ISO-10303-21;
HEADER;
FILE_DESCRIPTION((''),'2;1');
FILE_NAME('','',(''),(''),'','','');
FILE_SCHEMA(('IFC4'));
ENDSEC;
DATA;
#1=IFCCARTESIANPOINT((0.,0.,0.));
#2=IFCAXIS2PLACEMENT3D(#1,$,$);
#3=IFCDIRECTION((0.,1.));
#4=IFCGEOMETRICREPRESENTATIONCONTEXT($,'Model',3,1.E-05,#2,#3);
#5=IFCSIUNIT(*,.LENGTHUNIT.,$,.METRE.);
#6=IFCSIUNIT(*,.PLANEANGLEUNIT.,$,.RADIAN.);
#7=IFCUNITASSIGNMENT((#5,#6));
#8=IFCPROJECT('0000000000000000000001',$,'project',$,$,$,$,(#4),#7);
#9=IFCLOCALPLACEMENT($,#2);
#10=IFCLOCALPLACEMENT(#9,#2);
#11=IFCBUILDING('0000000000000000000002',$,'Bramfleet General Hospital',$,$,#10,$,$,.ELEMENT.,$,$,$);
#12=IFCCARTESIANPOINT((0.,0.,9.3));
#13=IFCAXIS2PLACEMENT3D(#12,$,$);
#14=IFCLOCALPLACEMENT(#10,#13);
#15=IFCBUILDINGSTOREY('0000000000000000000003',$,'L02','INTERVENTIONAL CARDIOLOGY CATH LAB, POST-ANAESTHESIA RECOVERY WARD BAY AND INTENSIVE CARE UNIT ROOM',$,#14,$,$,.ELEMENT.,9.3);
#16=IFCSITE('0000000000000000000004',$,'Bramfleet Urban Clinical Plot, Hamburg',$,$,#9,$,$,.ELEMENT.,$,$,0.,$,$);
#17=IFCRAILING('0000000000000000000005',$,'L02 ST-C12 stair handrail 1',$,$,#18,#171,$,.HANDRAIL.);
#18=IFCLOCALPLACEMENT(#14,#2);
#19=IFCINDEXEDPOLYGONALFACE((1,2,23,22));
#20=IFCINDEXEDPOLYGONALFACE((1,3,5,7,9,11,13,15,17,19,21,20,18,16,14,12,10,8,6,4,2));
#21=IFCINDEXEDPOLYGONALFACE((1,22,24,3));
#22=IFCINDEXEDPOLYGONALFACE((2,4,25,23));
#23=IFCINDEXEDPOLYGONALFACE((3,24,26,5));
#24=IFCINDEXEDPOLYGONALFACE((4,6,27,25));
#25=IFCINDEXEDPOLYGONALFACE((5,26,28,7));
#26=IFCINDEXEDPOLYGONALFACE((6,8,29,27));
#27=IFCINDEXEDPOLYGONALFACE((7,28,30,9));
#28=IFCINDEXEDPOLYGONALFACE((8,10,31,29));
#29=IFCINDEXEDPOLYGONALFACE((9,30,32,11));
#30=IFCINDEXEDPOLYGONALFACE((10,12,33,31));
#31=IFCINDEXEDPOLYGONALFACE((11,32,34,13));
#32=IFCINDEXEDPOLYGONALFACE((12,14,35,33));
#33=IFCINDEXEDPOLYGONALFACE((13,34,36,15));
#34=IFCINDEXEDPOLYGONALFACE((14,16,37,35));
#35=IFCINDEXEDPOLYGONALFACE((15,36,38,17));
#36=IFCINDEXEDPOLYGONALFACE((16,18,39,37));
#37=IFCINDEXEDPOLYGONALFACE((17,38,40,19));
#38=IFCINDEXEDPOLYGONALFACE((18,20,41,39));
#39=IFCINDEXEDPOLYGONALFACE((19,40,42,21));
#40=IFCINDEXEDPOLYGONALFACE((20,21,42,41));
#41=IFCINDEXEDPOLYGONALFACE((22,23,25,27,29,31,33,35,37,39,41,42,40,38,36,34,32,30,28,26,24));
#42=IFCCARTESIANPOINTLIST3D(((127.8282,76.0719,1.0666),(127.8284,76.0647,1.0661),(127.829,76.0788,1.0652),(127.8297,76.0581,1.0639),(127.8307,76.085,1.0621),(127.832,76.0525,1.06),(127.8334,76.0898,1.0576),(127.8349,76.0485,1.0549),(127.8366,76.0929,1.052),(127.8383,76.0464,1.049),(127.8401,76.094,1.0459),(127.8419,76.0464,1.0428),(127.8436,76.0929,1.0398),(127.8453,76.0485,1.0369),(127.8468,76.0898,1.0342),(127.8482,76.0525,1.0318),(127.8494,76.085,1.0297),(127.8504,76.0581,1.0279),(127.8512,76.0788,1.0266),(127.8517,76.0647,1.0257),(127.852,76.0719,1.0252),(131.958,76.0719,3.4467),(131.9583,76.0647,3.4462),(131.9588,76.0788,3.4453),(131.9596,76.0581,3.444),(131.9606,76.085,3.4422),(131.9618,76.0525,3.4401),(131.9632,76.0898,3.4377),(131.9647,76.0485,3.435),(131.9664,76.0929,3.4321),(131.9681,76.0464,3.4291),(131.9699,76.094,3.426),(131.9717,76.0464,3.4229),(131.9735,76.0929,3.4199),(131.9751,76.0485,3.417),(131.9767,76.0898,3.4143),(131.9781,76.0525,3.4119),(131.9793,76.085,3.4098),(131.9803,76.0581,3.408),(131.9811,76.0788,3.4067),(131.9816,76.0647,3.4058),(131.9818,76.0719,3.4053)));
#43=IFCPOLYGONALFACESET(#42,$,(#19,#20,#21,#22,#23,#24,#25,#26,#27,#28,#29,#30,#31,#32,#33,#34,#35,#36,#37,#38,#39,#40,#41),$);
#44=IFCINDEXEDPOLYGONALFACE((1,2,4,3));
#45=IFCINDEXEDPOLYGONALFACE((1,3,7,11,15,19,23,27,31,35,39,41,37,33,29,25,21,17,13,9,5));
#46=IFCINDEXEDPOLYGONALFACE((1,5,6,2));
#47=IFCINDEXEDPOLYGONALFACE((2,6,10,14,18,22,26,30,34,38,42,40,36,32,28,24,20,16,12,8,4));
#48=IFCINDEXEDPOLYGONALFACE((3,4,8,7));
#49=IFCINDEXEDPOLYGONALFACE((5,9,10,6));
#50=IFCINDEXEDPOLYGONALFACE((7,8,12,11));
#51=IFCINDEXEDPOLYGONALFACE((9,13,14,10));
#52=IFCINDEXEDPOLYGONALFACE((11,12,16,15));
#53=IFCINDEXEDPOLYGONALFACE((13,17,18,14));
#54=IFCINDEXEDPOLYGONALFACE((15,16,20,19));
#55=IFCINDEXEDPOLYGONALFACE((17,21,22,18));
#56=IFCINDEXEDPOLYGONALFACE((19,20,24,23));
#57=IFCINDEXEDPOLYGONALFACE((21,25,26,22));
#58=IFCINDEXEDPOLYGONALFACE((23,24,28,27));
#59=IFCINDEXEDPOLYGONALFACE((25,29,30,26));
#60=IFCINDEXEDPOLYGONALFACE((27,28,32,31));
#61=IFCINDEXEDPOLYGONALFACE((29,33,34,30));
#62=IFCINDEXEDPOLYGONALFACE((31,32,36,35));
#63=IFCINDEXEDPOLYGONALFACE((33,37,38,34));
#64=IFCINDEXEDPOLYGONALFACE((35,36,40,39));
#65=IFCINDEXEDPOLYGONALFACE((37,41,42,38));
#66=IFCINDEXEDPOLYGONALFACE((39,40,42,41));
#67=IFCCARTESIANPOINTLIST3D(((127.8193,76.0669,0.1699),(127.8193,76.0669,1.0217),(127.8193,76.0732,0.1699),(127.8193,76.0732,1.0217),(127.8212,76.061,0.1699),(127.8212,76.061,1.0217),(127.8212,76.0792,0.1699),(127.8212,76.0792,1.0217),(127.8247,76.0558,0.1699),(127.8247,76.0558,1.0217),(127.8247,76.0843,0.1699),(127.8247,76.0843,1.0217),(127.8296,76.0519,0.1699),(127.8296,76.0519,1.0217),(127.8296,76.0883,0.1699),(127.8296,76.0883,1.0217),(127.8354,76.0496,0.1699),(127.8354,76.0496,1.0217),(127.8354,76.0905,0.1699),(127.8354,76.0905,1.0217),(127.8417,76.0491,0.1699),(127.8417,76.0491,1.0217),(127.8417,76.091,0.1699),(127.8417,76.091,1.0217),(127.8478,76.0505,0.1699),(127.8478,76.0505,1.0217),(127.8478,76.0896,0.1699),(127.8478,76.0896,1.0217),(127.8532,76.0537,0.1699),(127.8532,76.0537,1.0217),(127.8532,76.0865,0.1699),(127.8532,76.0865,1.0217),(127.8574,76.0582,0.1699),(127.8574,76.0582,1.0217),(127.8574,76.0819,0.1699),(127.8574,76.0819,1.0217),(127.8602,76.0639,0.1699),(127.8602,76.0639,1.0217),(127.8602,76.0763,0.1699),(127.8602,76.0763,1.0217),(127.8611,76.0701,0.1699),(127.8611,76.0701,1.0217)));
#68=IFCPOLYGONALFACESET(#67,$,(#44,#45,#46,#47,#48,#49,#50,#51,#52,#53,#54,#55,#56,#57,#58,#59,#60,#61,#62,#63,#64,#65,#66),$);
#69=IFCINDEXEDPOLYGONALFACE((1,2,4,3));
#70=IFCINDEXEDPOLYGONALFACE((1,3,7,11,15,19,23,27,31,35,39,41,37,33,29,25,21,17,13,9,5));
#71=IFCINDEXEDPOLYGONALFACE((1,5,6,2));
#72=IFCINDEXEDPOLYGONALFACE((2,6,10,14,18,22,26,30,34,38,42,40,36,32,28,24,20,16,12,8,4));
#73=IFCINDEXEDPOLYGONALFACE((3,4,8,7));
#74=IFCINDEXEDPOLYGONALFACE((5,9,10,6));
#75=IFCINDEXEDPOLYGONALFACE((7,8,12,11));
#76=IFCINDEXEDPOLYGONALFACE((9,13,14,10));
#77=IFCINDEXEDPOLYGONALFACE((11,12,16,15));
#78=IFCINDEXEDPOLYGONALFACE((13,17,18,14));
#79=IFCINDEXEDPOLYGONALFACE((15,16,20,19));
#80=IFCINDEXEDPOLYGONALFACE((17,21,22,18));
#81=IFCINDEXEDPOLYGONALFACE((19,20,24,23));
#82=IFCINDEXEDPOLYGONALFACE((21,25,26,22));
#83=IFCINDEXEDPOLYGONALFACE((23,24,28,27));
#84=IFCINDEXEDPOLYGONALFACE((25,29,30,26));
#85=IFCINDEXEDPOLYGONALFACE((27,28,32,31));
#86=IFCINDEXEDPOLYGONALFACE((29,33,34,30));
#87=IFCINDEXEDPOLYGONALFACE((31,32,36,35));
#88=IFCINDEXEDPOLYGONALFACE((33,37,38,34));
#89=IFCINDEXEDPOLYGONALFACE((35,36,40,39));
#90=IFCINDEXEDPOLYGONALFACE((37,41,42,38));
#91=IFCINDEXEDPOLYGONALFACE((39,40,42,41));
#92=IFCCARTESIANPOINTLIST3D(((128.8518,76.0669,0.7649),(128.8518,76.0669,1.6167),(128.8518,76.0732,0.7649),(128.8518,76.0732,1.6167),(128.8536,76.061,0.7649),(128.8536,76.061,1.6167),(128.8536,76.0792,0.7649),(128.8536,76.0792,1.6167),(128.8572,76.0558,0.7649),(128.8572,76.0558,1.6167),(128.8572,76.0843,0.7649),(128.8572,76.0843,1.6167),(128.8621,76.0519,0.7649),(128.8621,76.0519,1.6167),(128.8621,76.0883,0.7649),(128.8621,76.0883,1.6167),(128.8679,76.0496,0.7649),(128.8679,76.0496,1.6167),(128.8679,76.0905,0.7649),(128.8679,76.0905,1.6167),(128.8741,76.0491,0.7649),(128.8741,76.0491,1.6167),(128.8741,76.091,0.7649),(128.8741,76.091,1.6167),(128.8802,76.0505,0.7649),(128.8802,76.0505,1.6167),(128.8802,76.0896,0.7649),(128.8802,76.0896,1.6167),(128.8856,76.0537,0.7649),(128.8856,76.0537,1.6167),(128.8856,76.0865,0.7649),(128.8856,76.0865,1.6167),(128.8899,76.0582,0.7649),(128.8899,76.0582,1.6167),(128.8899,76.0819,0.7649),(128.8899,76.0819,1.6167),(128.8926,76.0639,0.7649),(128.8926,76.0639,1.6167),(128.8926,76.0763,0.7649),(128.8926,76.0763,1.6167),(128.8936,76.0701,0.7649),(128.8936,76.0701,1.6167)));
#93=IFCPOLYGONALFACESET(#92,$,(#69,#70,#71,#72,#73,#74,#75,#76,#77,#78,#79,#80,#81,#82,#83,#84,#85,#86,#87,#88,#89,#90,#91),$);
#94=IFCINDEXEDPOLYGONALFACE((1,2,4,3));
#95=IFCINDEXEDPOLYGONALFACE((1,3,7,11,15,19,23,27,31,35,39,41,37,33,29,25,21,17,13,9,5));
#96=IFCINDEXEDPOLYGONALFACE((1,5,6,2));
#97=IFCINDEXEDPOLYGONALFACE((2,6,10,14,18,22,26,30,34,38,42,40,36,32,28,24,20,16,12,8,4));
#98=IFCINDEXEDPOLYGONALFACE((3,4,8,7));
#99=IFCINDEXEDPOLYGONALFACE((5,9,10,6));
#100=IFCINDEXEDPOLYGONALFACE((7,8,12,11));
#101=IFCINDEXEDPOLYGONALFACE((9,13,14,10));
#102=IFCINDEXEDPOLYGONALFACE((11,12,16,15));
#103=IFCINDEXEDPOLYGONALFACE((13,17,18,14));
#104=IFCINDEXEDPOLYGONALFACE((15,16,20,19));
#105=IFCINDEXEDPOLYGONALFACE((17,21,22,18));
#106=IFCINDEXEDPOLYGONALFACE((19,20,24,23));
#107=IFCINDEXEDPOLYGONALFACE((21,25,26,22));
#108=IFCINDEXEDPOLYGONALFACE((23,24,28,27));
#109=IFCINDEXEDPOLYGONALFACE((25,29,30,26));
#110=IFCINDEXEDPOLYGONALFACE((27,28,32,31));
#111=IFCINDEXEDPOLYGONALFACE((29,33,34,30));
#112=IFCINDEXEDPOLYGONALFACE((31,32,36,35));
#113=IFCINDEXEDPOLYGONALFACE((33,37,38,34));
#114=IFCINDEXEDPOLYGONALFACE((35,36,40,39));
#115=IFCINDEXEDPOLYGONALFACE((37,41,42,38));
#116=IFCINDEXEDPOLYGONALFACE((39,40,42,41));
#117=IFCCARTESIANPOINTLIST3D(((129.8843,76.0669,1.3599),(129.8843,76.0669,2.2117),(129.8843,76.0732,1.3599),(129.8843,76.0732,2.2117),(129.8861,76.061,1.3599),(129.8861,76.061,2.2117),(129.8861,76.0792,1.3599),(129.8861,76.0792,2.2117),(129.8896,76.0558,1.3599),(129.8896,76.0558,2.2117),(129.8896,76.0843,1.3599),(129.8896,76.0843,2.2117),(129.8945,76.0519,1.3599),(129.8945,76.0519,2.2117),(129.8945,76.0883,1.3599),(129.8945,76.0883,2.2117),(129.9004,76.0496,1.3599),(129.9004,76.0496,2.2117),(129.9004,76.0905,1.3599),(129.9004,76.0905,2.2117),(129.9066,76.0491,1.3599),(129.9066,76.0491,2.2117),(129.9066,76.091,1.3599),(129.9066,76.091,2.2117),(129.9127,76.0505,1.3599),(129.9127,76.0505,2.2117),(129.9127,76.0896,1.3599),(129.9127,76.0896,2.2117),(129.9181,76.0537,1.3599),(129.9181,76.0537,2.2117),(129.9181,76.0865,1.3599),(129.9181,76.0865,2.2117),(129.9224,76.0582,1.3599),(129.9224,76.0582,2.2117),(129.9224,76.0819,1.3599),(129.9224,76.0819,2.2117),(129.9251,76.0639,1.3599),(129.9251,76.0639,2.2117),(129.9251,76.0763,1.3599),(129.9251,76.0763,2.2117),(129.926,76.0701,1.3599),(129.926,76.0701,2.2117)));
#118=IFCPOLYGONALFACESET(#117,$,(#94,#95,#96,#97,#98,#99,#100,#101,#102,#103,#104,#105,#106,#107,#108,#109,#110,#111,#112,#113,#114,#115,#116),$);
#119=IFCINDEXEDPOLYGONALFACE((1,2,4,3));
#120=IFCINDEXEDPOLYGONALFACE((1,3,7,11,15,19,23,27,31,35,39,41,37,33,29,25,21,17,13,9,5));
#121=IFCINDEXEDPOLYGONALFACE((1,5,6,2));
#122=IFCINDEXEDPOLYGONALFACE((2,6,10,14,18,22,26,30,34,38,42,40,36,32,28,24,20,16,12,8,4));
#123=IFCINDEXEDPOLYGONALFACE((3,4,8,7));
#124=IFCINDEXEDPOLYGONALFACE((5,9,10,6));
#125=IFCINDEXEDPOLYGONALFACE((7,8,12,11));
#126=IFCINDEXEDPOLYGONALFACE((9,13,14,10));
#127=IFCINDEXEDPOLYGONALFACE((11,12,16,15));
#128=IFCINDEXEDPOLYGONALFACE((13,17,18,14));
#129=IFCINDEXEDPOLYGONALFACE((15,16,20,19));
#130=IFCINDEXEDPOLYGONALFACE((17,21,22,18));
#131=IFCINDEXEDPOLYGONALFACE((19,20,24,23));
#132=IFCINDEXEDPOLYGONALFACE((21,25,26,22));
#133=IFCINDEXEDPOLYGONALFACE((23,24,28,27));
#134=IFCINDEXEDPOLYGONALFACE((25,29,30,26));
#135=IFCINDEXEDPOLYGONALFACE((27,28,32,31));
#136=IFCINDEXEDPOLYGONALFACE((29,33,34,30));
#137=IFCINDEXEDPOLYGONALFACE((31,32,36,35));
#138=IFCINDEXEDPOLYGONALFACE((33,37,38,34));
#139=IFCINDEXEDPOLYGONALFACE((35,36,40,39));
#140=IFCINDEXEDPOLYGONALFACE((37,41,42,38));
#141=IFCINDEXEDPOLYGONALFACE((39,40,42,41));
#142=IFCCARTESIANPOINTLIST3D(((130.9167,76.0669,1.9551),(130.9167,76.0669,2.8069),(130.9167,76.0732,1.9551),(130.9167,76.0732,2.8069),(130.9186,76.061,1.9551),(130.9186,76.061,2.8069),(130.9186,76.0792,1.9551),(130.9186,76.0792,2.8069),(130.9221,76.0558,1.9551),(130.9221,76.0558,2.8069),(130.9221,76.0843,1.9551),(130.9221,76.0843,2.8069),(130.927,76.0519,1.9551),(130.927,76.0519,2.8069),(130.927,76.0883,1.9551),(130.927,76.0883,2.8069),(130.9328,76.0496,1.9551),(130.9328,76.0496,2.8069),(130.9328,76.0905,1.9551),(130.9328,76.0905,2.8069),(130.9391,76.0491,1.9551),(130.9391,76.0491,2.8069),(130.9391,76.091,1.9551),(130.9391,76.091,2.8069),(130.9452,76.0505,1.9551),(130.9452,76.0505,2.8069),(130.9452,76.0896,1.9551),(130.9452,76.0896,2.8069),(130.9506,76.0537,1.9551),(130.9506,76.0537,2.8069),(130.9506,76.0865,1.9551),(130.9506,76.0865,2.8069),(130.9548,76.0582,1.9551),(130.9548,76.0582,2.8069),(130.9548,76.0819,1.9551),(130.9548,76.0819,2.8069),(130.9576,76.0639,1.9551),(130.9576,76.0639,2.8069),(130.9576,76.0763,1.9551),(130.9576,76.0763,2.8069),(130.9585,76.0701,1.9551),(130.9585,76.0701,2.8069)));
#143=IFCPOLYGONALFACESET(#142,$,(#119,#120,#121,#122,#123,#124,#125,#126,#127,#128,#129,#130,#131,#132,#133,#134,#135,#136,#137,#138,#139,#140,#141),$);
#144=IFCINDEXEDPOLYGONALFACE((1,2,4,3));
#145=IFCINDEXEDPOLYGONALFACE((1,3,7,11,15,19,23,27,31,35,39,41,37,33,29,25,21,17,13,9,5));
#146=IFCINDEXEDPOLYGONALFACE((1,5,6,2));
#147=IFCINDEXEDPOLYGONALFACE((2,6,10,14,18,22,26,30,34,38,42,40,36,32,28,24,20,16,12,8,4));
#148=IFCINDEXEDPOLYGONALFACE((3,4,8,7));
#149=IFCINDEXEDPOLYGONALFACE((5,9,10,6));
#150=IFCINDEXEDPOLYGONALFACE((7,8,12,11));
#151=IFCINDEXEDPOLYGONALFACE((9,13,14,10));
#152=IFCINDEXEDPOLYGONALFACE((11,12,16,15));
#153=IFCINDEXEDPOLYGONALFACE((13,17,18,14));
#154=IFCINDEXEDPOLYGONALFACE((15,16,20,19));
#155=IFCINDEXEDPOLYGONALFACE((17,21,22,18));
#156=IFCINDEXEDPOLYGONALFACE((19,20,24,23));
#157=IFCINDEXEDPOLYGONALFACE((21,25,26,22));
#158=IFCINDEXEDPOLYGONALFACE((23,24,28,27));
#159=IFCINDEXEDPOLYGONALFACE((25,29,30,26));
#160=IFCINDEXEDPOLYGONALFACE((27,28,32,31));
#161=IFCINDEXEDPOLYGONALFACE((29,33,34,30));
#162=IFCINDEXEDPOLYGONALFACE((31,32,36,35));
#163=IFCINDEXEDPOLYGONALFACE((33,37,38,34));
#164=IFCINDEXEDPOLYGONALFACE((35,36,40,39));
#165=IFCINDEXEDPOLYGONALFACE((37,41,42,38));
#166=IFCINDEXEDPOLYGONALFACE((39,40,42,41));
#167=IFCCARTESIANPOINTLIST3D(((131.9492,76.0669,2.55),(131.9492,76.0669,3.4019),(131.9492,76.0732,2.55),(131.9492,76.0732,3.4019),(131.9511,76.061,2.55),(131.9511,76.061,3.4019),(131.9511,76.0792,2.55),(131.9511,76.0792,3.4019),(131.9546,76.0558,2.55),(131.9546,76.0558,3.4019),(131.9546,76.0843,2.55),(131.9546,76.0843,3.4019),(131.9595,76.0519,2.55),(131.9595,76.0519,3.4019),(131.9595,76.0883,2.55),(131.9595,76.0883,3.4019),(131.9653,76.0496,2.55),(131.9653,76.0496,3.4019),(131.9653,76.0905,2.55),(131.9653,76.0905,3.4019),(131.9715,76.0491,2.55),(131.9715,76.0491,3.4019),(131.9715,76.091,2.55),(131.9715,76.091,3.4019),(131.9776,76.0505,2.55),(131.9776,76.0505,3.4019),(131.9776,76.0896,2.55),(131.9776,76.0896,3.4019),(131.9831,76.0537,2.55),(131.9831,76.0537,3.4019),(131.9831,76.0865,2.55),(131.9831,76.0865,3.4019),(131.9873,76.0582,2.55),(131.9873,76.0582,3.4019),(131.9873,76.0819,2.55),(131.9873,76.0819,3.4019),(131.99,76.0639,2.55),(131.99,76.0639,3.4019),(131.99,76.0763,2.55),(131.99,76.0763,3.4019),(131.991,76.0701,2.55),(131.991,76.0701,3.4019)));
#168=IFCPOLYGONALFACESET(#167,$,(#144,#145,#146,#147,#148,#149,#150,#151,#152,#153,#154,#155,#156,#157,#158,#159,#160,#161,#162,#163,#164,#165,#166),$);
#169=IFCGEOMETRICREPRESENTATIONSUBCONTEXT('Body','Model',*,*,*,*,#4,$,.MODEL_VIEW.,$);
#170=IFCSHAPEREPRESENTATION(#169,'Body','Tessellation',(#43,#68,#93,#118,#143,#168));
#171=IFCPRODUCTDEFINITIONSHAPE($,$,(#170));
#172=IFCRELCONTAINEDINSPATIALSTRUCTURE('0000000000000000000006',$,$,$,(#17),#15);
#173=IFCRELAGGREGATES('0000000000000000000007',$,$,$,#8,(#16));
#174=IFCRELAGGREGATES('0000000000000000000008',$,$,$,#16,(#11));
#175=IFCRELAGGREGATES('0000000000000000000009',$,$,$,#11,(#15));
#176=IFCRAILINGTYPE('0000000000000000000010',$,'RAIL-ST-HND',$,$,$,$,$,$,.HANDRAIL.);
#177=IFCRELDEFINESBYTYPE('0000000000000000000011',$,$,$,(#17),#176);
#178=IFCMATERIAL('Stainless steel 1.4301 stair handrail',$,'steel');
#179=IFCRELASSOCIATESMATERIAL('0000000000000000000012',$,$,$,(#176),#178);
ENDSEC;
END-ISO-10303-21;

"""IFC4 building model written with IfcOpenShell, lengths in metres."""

from ifc_helpers import new_model, si_unit, direction, frame, origin, origin_2d, place, context, subcontext, project, spatial, circle, extrude, material, type_object, element, save


model = new_model("IFC4")

# Units and contexts
model_context = context("Model", 3, precision=1e-05, world=origin(), true_north=direction((0.0, 1.0)))
body_context = subcontext(model_context, "Body", "Model", "MODEL_VIEW")
ifc_project = project(units=[si_unit("LENGTHUNIT", "METRE"), si_unit("PLANEANGLEUNIT", "RADIAN")], contexts=[model_context])

# Site, building, storey
site_placement = place(None, origin())
site = spatial("IfcSite", under=ifc_project, at=site_placement, Name="Bramfleet Urban Clinical Plot, Hamburg", CompositionType="ELEMENT", RefElevation=0.0)
building_placement = place(site_placement, origin())
building = spatial("IfcBuilding", under=site, at=building_placement, Name="Bramfleet General Hospital", CompositionType="ELEMENT")
storey_placement = place(building_placement, frame((0.0, 0.0, 9.3)))
storey = spatial("IfcBuildingStorey", under=building, at=storey_placement, Name="L02", Description="INTERVENTIONAL CARDIOLOGY CATH LAB, POST-ANAESTHESIA RECOVERY WARD BAY AND INTENSIVE CARE UNIT ROOM", CompositionType="ELEMENT", Elevation=9.3)

# Railing
ifc_material_1 = material(Name="Stainless steel 1.4301 stair handrail", Category="steel")
railing_type_1 = type_object("IfcRailingType", Name="RAIL-ST-HND", PredefinedType="HANDRAIL", material=ifc_material_1)
railing_1_placement = place(storey_placement, frame((127.8401, 76.0701, 0.1699)))
element("IfcRailing", 1, at=railing_1_placement, inside=storey, type_object=railing_type_1, Name="L02 ST-C12 stair handrail 1", PredefinedType="HANDRAIL", context=body_context, shape_type="SweptSolid", body=[
    extrude(circle(Radius=0.0239, at=origin_2d()), frame((0.0, 0.0, 0.876), z_axis=(0.866412, 0.0, 0.499329), x_axis=(0.0, 1.0, 0.0)), (0.0, 0.0, 1.0), 4.7666),
    extrude(circle(Radius=0.021, at=origin_2d()), origin(), (0.0, 0.0, 1.0), 0.8518),
    extrude(circle(Radius=0.021, at=origin_2d()), frame((1.0325, 0.0, 0.595)), (0.0, 0.0, 1.0), 0.8518),
    extrude(circle(Radius=0.021, at=origin_2d()), frame((2.0649, 0.0, 1.1899)), (0.0, 0.0, 1.0), 0.8518),
    extrude(circle(Radius=0.021, at=origin_2d()), frame((3.0974, 0.0, 1.7852)), (0.0, 0.0, 1.0), 0.8518),
    extrude(circle(Radius=0.021, at=origin_2d()), frame((4.1299, 0.0, 2.3801)), (0.0, 0.0, 1.0), 0.8518),
])

save(model, "model.ifc")
